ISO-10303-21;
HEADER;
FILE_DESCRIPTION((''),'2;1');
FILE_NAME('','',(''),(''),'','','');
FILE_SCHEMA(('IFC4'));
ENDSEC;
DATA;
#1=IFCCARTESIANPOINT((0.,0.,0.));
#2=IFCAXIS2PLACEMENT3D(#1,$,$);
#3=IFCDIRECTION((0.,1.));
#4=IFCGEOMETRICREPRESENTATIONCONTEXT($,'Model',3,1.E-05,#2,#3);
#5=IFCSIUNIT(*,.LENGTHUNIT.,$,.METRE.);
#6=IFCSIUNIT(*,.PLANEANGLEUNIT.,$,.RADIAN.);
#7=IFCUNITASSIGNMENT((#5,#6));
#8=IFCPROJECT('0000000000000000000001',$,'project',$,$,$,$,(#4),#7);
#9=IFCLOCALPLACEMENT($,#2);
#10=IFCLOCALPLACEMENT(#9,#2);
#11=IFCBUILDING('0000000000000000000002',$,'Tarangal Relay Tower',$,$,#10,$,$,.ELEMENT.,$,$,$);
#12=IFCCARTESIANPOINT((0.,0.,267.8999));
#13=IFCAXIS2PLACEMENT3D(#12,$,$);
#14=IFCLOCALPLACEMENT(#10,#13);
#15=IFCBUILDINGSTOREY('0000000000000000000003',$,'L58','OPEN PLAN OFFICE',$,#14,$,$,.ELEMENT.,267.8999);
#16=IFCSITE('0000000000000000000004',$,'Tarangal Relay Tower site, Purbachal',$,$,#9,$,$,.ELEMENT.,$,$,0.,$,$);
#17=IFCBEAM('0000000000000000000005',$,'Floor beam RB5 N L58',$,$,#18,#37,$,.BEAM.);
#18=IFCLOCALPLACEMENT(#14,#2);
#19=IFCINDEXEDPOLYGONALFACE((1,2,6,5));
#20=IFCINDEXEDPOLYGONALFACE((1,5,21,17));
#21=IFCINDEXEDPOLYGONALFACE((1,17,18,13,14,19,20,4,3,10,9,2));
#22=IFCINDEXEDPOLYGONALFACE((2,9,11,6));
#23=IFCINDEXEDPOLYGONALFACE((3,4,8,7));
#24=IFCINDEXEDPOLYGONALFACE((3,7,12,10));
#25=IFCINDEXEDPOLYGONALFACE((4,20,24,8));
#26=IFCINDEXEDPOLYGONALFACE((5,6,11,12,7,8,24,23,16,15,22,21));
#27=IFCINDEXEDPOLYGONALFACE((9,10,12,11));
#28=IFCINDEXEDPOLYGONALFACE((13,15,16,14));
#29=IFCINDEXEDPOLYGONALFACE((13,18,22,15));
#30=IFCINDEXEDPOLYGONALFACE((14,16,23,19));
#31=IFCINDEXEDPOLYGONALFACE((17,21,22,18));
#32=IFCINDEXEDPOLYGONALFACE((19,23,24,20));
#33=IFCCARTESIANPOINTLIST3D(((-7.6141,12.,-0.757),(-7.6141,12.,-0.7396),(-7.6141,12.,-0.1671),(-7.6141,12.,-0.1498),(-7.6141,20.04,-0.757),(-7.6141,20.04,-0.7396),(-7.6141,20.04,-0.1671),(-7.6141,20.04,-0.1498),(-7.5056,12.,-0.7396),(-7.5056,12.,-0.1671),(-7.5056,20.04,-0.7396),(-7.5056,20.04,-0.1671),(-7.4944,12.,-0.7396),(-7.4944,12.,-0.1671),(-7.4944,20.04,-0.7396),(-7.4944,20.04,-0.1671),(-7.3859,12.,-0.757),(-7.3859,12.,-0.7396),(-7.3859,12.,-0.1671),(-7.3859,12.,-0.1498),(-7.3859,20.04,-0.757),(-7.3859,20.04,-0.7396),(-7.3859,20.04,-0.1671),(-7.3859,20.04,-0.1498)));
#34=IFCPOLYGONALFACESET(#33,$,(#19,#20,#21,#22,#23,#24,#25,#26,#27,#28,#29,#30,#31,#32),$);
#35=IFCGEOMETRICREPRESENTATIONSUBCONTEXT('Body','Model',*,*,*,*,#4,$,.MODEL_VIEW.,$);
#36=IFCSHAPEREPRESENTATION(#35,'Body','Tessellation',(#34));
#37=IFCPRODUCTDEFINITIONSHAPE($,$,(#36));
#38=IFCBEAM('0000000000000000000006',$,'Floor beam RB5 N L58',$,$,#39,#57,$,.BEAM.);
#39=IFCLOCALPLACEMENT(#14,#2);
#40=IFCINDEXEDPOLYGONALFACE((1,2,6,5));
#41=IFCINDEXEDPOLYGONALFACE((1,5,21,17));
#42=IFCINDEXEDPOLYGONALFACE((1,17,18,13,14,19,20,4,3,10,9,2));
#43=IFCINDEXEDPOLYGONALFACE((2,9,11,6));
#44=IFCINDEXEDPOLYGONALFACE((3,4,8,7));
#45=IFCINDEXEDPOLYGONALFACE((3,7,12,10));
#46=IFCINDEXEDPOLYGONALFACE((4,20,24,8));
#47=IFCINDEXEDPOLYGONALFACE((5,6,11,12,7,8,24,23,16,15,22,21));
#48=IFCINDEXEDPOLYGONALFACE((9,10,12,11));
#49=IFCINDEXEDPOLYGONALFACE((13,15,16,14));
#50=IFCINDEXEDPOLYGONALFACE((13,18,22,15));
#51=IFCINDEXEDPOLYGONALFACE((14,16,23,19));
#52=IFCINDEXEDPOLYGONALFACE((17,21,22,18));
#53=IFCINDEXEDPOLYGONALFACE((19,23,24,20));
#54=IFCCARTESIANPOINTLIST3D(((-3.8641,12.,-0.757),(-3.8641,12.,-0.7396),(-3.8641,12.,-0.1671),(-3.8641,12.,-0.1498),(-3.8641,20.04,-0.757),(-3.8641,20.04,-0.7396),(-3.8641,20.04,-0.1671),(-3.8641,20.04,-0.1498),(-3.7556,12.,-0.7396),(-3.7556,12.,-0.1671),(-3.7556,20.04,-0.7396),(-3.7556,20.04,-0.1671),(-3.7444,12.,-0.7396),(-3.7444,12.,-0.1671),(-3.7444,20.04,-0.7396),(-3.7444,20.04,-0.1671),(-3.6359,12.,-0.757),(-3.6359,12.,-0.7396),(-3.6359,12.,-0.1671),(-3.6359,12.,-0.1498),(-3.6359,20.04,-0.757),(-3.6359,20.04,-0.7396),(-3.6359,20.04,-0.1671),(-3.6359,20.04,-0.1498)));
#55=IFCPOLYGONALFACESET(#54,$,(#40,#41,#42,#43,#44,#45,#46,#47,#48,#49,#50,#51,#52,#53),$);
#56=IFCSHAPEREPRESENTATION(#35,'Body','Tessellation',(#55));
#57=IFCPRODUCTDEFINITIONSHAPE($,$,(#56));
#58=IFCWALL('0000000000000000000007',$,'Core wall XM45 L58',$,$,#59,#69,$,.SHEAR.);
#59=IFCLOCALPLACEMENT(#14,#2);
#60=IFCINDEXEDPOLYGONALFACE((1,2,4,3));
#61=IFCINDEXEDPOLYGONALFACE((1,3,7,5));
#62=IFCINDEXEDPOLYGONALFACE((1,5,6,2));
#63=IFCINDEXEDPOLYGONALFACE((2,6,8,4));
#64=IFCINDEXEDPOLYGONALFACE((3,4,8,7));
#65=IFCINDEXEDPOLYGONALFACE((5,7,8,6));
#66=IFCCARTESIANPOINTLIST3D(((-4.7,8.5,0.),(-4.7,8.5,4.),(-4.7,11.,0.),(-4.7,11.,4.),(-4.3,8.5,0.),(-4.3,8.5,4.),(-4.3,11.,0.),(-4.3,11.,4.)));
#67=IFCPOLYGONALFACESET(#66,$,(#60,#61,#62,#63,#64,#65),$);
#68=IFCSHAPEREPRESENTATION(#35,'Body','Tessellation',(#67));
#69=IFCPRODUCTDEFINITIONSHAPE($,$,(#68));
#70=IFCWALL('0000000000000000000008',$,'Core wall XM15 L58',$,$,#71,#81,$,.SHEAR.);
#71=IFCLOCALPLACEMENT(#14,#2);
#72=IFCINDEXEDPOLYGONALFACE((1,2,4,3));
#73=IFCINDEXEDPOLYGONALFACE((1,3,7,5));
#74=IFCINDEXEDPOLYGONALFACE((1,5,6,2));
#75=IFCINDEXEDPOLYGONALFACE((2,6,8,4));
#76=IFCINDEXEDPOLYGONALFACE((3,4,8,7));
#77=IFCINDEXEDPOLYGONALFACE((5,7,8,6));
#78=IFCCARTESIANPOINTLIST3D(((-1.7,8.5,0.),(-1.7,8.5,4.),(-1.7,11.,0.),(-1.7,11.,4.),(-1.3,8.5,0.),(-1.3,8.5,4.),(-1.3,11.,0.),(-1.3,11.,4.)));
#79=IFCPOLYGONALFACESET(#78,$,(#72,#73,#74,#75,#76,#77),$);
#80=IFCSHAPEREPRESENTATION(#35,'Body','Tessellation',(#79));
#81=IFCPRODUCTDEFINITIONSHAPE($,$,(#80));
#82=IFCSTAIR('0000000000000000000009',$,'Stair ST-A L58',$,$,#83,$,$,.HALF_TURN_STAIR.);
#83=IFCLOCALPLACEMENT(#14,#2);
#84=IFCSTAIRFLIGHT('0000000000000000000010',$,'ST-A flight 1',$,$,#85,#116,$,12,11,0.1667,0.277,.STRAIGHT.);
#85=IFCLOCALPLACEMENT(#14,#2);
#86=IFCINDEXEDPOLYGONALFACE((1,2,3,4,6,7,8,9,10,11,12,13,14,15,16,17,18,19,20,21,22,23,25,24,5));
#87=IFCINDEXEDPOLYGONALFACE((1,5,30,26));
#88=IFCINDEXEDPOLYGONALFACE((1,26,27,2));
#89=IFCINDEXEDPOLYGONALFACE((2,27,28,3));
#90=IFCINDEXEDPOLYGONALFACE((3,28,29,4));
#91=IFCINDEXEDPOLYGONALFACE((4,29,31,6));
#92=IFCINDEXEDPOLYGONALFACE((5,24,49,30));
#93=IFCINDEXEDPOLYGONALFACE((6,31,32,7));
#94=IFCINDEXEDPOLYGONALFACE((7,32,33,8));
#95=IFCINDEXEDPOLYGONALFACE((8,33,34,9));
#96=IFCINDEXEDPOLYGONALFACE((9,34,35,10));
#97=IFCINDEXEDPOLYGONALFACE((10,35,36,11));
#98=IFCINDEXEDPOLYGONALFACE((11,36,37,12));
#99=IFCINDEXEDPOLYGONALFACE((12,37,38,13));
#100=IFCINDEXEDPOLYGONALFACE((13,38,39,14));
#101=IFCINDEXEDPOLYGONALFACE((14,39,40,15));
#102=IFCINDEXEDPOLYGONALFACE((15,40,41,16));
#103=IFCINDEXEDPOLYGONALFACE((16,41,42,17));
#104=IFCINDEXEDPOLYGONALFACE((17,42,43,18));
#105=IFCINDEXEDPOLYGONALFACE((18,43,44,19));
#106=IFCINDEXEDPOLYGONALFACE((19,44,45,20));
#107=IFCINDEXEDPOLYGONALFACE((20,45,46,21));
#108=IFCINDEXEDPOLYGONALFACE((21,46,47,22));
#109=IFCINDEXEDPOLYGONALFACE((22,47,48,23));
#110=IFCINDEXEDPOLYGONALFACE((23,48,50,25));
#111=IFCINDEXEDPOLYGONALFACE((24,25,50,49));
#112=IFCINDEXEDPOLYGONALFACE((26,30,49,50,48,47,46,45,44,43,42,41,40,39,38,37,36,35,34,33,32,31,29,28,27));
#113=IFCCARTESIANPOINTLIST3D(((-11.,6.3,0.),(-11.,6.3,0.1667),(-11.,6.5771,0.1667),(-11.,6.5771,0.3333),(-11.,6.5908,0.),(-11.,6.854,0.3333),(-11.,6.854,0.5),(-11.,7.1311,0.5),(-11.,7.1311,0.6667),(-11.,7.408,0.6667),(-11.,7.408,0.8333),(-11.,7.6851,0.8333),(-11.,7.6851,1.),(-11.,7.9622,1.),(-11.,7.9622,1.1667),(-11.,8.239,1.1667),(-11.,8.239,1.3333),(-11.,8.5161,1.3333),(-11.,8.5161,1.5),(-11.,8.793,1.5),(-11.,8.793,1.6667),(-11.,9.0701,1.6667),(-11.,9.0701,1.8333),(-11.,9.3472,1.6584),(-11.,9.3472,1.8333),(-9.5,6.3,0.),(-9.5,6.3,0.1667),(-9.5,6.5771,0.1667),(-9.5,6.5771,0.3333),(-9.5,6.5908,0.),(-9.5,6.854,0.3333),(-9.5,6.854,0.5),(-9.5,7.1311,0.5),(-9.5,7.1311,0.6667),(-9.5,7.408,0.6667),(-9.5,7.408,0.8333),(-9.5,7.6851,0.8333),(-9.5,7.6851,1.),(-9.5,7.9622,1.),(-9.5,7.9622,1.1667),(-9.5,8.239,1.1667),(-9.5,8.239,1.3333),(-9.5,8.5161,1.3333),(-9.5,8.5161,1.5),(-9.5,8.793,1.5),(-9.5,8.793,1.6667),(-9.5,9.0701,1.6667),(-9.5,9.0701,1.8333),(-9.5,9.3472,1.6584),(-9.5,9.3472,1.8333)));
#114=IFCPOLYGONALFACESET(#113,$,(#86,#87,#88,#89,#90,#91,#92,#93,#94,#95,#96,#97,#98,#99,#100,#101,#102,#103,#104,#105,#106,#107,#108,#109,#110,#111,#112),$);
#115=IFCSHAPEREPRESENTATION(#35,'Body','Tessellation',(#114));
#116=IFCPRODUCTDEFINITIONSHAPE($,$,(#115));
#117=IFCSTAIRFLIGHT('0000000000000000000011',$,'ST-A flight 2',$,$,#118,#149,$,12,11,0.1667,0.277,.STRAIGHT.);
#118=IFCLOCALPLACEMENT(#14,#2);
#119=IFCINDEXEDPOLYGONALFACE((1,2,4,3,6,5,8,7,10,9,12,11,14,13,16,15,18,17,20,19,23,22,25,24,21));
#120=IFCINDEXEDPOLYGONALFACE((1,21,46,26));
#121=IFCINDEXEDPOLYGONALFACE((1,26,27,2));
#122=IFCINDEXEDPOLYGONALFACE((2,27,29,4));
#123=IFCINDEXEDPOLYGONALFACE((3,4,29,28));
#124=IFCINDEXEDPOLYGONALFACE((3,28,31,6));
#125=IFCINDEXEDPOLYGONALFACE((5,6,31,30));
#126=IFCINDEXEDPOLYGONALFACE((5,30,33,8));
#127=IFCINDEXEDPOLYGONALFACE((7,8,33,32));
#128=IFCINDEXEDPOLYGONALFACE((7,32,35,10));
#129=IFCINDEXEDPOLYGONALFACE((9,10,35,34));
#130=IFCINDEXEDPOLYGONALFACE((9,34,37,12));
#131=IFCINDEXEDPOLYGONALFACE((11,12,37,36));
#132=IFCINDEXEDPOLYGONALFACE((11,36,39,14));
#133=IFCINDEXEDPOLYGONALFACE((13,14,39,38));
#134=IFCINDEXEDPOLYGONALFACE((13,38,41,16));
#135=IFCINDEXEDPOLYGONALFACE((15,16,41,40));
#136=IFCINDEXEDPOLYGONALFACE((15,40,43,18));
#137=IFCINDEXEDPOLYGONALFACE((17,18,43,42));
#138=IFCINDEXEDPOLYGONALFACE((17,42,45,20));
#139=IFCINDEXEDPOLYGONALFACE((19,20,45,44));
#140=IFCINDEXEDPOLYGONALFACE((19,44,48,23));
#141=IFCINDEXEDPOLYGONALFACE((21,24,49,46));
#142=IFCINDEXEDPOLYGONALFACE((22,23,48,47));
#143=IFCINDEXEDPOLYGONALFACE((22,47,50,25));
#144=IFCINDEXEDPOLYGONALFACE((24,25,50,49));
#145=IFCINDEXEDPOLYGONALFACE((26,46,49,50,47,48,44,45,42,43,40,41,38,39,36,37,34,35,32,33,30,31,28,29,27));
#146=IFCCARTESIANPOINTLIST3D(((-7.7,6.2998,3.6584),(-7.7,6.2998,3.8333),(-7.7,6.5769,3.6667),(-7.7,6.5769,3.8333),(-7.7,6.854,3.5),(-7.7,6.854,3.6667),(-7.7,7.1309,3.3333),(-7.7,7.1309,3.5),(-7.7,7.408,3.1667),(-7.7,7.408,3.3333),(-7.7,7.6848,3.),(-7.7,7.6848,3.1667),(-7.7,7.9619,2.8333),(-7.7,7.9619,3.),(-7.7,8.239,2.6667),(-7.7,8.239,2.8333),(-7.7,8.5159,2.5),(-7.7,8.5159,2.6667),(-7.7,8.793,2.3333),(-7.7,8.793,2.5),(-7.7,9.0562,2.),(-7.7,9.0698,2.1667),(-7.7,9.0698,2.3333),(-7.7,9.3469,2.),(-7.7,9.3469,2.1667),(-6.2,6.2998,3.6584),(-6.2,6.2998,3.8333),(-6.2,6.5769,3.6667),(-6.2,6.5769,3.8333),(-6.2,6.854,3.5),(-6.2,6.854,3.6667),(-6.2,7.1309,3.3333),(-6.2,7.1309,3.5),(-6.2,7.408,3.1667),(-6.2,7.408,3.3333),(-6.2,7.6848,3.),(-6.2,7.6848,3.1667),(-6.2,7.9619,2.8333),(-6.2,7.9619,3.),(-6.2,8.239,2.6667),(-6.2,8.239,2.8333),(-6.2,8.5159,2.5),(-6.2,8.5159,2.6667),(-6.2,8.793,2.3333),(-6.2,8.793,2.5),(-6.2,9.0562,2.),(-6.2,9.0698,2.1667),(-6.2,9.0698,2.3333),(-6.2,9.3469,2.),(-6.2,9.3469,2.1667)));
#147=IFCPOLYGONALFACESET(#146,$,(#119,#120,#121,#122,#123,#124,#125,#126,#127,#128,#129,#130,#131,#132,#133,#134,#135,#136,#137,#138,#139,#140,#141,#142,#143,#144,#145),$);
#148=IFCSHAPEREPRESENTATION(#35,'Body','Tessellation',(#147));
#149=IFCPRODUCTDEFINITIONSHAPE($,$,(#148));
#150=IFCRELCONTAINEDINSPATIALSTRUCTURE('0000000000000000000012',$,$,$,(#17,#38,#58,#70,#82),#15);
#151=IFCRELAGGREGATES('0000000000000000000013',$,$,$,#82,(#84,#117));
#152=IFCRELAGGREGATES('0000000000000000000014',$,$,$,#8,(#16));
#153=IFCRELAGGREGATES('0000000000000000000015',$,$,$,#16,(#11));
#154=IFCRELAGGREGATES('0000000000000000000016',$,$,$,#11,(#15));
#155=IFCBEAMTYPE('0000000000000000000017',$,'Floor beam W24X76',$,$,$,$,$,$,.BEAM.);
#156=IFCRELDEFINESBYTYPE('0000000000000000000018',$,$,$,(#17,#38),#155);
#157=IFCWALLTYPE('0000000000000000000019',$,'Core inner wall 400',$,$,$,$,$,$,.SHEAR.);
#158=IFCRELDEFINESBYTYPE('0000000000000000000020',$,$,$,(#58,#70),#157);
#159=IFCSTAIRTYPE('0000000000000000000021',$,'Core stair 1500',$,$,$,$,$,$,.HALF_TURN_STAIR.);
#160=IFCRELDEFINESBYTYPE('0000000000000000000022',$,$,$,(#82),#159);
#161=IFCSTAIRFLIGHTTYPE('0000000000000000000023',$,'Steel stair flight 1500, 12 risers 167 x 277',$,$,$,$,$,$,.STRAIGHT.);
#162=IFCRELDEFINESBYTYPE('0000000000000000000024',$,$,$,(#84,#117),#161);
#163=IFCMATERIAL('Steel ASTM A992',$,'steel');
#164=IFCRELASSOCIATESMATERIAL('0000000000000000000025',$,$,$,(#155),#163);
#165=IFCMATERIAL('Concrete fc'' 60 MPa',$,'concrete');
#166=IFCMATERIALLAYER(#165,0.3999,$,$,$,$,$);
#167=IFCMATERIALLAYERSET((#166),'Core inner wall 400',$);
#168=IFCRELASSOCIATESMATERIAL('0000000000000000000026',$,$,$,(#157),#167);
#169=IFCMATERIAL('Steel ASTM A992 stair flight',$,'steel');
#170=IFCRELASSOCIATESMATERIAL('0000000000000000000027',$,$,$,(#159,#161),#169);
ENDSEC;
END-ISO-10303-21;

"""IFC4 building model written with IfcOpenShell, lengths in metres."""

from ifc_helpers import new_model, si_unit, direction, frame, frame_2d, origin, origin_2d, place, context, subcontext, project, spatial, polyline, rectangle, i_section, outline, extrude, material, layer, layer_set, material_profile, profile_set, type_object, element, aggregate, save


model = new_model("IFC4")

# Units and contexts
model_context = context("Model", 3, precision=1e-05, world=origin(), true_north=direction((0.0, 1.0)))
body_context = subcontext(model_context, "Body", "Model", "MODEL_VIEW")
ifc_project = project(units=[si_unit("LENGTHUNIT", "METRE"), si_unit("PLANEANGLEUNIT", "RADIAN")], contexts=[model_context])

# Site, building, storey
site_placement = place(None, origin())
site = spatial("IfcSite", under=ifc_project, at=site_placement, Name="Tarangal Relay Tower site, Purbachal", CompositionType="ELEMENT", RefElevation=0.0)
building_placement = place(site_placement, origin())
building = spatial("IfcBuilding", under=site, at=building_placement, Name="Tarangal Relay Tower", CompositionType="ELEMENT")
storey_placement = place(building_placement, frame((0.0, 0.0, 267.8999)))
storey = spatial("IfcBuildingStorey", under=building, at=storey_placement, Name="L58", Description="OPEN PLAN OFFICE", CompositionType="ELEMENT", Elevation=267.8999)

# Beams
ifc_material_1 = material(Name="Steel ASTM A992", Category="steel")
ifc_material_profile = material_profile(ifc_material_1, i_section(OverallWidth=0.2283, OverallDepth=0.6072, WebThickness=0.0112, FlangeThickness=0.0173, at=origin_2d()), Name="W24X76")
ifc_profile_set = profile_set([ifc_material_profile], Name="Steel ASTM A992")
beam_type = type_object("IfcBeamType", Name="Floor beam W24X76", PredefinedType="BEAM", material=ifc_profile_set)
for number, where, z_axis, x_axis, name in (
    (1, (-7.5, 12.0, -0.4534), (0.0, 1.0, 0.0), (-1.0, 0.0, 0.0), "Floor beam RB5 N L58"),
    (2, (-3.75, 12.0, -0.4534), (0.0, 1.0, 0.0), (-1.0, 0.0, 0.0), "Floor beam RB5 N L58"),
):
    element("IfcBeam", number, at=place(storey_placement, frame(where, z_axis=z_axis, x_axis=x_axis)), inside=storey, type_object=beam_type, Name=name, PredefinedType="BEAM", context=body_context, shape_type="SweptSolid", body=[
        extrude(i_section(OverallWidth=0.2283, OverallDepth=0.6072, WebThickness=0.0112, FlangeThickness=0.0173, at=origin_2d()), origin(), (0.0, 0.0, 1.0), 8.04),
    ])

# Shared definitions
ifc_material_2 = material(Name="Concrete fc' 60 MPa", Category="concrete")
ifc_layer = layer(ifc_material_2, 0.3999)
ifc_layer_set = layer_set([ifc_layer], Name="Core inner wall 400")
wall_type = type_object("IfcWallType", Name="Core inner wall 400", PredefinedType="SHEAR", material=ifc_layer_set)

# Walls
for number, where, z_axis, x_axis, name in (
    (3, (-4.5, 8.5, 0.0), (0.0, 0.0, 1.0), (0.0, 1.0, 0.0), "Core wall XM45 L58"),
    (4, (-1.5, 8.5, 0.0), (0.0, 0.0, 1.0), (0.0, 1.0, 0.0), "Core wall XM15 L58"),
):
    element("IfcWall", number, at=place(storey_placement, frame(where, z_axis=z_axis, x_axis=x_axis)), inside=storey, type_object=wall_type, Name=name, PredefinedType="SHEAR", context=body_context, shape_type="SweptSolid", body=[
        extrude(rectangle(XDim=2.5, YDim=0.3999, at=frame_2d((1.25, 0.0))), origin(), (0.0, 0.0, 1.0), 4.0),
    ])

# Stair, stair flights
ifc_material_3 = material(Name="Steel ASTM A992 stair flight", Category="steel")
stair_type = type_object("IfcStairType", Name="Core stair 1500", PredefinedType="HALF_TURN_STAIR", material=ifc_material_3)
stair_placement = place(storey_placement, origin())
stair = element("IfcStair", 5, at=stair_placement, inside=storey, type_object=stair_type, Name="Stair ST-A L58", PredefinedType="HALF_TURN_STAIR")
stair_flight_type = type_object("IfcStairFlightType", Name="Steel stair flight 1500, 12 risers 167 x 277", PredefinedType="STRAIGHT", material=ifc_material_3)
stair_flight_1_placement = place(storey_placement, frame((-10.25, 6.3, 0.0), z_axis=(0.0, 0.0, 1.0), x_axis=(0.0, 1.0, 0.0)))
stair_flight_1 = element("IfcStairFlight", 6, at=stair_flight_1_placement, type_object=stair_flight_type, Name="ST-A flight 1", NumberOfRisers=12, NumberOfTreads=11, PredefinedType="STRAIGHT", RiserHeight=0.1667, TreadLength=0.277, context=body_context, shape_type="SweptSolid", body=[
    extrude(outline(polyline([(0.0, 0.0), (0.0, 0.1667), (0.2771, 0.1667), (0.2771, 0.3333), (0.554, 0.3333), (0.554, 0.5), (0.8311, 0.5), (0.8311, 0.6667), (1.1079, 0.6667), (1.1079, 0.8333), (1.385, 0.8333), (1.385, 1.0), (1.6621, 1.0), (1.6621, 1.1667), (1.939, 1.1667), (1.939, 1.3333), (2.2161, 1.3333), (2.2161, 1.5), (2.4929, 1.5), (2.4929, 1.6667), (2.77, 1.6667), (2.77, 1.8333), (3.0471, 1.8333), (3.0471, 2.0), (3.0471, 1.6584), (0.2908, 0.0), (0.0, 0.0)])), frame((0.0, 0.75, 0.0), z_axis=(0.0, -1.0, 0.0), x_axis=(1.0, 0.0, 0.0)), (0.0, 0.0, 1.0), 1.5),
])
stair_flight_2_placement = place(storey_placement, frame((-6.95, 9.3469, 2.0), z_axis=(0.0, 0.0, 1.0), x_axis=(0.0, -1.0, 0.0)))
stair_flight_2 = element("IfcStairFlight", 7, at=stair_flight_2_placement, type_object=stair_flight_type, Name="ST-A flight 2", NumberOfRisers=12, NumberOfTreads=11, PredefinedType="STRAIGHT", RiserHeight=0.1667, TreadLength=0.277, context=body_context, shape_type="SweptSolid", body=[
    extrude(outline(polyline([(0.0, 0.0), (0.0, 0.1667), (0.2771, 0.1667), (0.2771, 0.3333), (0.554, 0.3333), (0.554, 0.5), (0.8311, 0.5), (0.8311, 0.6667), (1.1079, 0.6667), (1.1079, 0.8333), (1.385, 0.8333), (1.385, 1.0), (1.6621, 1.0), (1.6621, 1.1667), (1.939, 1.1667), (1.939, 1.3333), (2.2161, 1.3333), (2.2161, 1.5), (2.4929, 1.5), (2.4929, 1.6667), (2.77, 1.6667), (2.77, 1.8333), (3.0471, 1.8333), (3.0471, 2.0), (3.0471, 1.6584), (0.2908, 0.0), (0.0, 0.0)])), frame((0.0, 0.75, 0.0), z_axis=(0.0, -1.0, 0.0), x_axis=(1.0, 0.0, 0.0)), (0.0, 0.0, 1.0), 1.5),
])
aggregate(stair, [stair_flight_1, stair_flight_2])

save(model, "model.ifc")
